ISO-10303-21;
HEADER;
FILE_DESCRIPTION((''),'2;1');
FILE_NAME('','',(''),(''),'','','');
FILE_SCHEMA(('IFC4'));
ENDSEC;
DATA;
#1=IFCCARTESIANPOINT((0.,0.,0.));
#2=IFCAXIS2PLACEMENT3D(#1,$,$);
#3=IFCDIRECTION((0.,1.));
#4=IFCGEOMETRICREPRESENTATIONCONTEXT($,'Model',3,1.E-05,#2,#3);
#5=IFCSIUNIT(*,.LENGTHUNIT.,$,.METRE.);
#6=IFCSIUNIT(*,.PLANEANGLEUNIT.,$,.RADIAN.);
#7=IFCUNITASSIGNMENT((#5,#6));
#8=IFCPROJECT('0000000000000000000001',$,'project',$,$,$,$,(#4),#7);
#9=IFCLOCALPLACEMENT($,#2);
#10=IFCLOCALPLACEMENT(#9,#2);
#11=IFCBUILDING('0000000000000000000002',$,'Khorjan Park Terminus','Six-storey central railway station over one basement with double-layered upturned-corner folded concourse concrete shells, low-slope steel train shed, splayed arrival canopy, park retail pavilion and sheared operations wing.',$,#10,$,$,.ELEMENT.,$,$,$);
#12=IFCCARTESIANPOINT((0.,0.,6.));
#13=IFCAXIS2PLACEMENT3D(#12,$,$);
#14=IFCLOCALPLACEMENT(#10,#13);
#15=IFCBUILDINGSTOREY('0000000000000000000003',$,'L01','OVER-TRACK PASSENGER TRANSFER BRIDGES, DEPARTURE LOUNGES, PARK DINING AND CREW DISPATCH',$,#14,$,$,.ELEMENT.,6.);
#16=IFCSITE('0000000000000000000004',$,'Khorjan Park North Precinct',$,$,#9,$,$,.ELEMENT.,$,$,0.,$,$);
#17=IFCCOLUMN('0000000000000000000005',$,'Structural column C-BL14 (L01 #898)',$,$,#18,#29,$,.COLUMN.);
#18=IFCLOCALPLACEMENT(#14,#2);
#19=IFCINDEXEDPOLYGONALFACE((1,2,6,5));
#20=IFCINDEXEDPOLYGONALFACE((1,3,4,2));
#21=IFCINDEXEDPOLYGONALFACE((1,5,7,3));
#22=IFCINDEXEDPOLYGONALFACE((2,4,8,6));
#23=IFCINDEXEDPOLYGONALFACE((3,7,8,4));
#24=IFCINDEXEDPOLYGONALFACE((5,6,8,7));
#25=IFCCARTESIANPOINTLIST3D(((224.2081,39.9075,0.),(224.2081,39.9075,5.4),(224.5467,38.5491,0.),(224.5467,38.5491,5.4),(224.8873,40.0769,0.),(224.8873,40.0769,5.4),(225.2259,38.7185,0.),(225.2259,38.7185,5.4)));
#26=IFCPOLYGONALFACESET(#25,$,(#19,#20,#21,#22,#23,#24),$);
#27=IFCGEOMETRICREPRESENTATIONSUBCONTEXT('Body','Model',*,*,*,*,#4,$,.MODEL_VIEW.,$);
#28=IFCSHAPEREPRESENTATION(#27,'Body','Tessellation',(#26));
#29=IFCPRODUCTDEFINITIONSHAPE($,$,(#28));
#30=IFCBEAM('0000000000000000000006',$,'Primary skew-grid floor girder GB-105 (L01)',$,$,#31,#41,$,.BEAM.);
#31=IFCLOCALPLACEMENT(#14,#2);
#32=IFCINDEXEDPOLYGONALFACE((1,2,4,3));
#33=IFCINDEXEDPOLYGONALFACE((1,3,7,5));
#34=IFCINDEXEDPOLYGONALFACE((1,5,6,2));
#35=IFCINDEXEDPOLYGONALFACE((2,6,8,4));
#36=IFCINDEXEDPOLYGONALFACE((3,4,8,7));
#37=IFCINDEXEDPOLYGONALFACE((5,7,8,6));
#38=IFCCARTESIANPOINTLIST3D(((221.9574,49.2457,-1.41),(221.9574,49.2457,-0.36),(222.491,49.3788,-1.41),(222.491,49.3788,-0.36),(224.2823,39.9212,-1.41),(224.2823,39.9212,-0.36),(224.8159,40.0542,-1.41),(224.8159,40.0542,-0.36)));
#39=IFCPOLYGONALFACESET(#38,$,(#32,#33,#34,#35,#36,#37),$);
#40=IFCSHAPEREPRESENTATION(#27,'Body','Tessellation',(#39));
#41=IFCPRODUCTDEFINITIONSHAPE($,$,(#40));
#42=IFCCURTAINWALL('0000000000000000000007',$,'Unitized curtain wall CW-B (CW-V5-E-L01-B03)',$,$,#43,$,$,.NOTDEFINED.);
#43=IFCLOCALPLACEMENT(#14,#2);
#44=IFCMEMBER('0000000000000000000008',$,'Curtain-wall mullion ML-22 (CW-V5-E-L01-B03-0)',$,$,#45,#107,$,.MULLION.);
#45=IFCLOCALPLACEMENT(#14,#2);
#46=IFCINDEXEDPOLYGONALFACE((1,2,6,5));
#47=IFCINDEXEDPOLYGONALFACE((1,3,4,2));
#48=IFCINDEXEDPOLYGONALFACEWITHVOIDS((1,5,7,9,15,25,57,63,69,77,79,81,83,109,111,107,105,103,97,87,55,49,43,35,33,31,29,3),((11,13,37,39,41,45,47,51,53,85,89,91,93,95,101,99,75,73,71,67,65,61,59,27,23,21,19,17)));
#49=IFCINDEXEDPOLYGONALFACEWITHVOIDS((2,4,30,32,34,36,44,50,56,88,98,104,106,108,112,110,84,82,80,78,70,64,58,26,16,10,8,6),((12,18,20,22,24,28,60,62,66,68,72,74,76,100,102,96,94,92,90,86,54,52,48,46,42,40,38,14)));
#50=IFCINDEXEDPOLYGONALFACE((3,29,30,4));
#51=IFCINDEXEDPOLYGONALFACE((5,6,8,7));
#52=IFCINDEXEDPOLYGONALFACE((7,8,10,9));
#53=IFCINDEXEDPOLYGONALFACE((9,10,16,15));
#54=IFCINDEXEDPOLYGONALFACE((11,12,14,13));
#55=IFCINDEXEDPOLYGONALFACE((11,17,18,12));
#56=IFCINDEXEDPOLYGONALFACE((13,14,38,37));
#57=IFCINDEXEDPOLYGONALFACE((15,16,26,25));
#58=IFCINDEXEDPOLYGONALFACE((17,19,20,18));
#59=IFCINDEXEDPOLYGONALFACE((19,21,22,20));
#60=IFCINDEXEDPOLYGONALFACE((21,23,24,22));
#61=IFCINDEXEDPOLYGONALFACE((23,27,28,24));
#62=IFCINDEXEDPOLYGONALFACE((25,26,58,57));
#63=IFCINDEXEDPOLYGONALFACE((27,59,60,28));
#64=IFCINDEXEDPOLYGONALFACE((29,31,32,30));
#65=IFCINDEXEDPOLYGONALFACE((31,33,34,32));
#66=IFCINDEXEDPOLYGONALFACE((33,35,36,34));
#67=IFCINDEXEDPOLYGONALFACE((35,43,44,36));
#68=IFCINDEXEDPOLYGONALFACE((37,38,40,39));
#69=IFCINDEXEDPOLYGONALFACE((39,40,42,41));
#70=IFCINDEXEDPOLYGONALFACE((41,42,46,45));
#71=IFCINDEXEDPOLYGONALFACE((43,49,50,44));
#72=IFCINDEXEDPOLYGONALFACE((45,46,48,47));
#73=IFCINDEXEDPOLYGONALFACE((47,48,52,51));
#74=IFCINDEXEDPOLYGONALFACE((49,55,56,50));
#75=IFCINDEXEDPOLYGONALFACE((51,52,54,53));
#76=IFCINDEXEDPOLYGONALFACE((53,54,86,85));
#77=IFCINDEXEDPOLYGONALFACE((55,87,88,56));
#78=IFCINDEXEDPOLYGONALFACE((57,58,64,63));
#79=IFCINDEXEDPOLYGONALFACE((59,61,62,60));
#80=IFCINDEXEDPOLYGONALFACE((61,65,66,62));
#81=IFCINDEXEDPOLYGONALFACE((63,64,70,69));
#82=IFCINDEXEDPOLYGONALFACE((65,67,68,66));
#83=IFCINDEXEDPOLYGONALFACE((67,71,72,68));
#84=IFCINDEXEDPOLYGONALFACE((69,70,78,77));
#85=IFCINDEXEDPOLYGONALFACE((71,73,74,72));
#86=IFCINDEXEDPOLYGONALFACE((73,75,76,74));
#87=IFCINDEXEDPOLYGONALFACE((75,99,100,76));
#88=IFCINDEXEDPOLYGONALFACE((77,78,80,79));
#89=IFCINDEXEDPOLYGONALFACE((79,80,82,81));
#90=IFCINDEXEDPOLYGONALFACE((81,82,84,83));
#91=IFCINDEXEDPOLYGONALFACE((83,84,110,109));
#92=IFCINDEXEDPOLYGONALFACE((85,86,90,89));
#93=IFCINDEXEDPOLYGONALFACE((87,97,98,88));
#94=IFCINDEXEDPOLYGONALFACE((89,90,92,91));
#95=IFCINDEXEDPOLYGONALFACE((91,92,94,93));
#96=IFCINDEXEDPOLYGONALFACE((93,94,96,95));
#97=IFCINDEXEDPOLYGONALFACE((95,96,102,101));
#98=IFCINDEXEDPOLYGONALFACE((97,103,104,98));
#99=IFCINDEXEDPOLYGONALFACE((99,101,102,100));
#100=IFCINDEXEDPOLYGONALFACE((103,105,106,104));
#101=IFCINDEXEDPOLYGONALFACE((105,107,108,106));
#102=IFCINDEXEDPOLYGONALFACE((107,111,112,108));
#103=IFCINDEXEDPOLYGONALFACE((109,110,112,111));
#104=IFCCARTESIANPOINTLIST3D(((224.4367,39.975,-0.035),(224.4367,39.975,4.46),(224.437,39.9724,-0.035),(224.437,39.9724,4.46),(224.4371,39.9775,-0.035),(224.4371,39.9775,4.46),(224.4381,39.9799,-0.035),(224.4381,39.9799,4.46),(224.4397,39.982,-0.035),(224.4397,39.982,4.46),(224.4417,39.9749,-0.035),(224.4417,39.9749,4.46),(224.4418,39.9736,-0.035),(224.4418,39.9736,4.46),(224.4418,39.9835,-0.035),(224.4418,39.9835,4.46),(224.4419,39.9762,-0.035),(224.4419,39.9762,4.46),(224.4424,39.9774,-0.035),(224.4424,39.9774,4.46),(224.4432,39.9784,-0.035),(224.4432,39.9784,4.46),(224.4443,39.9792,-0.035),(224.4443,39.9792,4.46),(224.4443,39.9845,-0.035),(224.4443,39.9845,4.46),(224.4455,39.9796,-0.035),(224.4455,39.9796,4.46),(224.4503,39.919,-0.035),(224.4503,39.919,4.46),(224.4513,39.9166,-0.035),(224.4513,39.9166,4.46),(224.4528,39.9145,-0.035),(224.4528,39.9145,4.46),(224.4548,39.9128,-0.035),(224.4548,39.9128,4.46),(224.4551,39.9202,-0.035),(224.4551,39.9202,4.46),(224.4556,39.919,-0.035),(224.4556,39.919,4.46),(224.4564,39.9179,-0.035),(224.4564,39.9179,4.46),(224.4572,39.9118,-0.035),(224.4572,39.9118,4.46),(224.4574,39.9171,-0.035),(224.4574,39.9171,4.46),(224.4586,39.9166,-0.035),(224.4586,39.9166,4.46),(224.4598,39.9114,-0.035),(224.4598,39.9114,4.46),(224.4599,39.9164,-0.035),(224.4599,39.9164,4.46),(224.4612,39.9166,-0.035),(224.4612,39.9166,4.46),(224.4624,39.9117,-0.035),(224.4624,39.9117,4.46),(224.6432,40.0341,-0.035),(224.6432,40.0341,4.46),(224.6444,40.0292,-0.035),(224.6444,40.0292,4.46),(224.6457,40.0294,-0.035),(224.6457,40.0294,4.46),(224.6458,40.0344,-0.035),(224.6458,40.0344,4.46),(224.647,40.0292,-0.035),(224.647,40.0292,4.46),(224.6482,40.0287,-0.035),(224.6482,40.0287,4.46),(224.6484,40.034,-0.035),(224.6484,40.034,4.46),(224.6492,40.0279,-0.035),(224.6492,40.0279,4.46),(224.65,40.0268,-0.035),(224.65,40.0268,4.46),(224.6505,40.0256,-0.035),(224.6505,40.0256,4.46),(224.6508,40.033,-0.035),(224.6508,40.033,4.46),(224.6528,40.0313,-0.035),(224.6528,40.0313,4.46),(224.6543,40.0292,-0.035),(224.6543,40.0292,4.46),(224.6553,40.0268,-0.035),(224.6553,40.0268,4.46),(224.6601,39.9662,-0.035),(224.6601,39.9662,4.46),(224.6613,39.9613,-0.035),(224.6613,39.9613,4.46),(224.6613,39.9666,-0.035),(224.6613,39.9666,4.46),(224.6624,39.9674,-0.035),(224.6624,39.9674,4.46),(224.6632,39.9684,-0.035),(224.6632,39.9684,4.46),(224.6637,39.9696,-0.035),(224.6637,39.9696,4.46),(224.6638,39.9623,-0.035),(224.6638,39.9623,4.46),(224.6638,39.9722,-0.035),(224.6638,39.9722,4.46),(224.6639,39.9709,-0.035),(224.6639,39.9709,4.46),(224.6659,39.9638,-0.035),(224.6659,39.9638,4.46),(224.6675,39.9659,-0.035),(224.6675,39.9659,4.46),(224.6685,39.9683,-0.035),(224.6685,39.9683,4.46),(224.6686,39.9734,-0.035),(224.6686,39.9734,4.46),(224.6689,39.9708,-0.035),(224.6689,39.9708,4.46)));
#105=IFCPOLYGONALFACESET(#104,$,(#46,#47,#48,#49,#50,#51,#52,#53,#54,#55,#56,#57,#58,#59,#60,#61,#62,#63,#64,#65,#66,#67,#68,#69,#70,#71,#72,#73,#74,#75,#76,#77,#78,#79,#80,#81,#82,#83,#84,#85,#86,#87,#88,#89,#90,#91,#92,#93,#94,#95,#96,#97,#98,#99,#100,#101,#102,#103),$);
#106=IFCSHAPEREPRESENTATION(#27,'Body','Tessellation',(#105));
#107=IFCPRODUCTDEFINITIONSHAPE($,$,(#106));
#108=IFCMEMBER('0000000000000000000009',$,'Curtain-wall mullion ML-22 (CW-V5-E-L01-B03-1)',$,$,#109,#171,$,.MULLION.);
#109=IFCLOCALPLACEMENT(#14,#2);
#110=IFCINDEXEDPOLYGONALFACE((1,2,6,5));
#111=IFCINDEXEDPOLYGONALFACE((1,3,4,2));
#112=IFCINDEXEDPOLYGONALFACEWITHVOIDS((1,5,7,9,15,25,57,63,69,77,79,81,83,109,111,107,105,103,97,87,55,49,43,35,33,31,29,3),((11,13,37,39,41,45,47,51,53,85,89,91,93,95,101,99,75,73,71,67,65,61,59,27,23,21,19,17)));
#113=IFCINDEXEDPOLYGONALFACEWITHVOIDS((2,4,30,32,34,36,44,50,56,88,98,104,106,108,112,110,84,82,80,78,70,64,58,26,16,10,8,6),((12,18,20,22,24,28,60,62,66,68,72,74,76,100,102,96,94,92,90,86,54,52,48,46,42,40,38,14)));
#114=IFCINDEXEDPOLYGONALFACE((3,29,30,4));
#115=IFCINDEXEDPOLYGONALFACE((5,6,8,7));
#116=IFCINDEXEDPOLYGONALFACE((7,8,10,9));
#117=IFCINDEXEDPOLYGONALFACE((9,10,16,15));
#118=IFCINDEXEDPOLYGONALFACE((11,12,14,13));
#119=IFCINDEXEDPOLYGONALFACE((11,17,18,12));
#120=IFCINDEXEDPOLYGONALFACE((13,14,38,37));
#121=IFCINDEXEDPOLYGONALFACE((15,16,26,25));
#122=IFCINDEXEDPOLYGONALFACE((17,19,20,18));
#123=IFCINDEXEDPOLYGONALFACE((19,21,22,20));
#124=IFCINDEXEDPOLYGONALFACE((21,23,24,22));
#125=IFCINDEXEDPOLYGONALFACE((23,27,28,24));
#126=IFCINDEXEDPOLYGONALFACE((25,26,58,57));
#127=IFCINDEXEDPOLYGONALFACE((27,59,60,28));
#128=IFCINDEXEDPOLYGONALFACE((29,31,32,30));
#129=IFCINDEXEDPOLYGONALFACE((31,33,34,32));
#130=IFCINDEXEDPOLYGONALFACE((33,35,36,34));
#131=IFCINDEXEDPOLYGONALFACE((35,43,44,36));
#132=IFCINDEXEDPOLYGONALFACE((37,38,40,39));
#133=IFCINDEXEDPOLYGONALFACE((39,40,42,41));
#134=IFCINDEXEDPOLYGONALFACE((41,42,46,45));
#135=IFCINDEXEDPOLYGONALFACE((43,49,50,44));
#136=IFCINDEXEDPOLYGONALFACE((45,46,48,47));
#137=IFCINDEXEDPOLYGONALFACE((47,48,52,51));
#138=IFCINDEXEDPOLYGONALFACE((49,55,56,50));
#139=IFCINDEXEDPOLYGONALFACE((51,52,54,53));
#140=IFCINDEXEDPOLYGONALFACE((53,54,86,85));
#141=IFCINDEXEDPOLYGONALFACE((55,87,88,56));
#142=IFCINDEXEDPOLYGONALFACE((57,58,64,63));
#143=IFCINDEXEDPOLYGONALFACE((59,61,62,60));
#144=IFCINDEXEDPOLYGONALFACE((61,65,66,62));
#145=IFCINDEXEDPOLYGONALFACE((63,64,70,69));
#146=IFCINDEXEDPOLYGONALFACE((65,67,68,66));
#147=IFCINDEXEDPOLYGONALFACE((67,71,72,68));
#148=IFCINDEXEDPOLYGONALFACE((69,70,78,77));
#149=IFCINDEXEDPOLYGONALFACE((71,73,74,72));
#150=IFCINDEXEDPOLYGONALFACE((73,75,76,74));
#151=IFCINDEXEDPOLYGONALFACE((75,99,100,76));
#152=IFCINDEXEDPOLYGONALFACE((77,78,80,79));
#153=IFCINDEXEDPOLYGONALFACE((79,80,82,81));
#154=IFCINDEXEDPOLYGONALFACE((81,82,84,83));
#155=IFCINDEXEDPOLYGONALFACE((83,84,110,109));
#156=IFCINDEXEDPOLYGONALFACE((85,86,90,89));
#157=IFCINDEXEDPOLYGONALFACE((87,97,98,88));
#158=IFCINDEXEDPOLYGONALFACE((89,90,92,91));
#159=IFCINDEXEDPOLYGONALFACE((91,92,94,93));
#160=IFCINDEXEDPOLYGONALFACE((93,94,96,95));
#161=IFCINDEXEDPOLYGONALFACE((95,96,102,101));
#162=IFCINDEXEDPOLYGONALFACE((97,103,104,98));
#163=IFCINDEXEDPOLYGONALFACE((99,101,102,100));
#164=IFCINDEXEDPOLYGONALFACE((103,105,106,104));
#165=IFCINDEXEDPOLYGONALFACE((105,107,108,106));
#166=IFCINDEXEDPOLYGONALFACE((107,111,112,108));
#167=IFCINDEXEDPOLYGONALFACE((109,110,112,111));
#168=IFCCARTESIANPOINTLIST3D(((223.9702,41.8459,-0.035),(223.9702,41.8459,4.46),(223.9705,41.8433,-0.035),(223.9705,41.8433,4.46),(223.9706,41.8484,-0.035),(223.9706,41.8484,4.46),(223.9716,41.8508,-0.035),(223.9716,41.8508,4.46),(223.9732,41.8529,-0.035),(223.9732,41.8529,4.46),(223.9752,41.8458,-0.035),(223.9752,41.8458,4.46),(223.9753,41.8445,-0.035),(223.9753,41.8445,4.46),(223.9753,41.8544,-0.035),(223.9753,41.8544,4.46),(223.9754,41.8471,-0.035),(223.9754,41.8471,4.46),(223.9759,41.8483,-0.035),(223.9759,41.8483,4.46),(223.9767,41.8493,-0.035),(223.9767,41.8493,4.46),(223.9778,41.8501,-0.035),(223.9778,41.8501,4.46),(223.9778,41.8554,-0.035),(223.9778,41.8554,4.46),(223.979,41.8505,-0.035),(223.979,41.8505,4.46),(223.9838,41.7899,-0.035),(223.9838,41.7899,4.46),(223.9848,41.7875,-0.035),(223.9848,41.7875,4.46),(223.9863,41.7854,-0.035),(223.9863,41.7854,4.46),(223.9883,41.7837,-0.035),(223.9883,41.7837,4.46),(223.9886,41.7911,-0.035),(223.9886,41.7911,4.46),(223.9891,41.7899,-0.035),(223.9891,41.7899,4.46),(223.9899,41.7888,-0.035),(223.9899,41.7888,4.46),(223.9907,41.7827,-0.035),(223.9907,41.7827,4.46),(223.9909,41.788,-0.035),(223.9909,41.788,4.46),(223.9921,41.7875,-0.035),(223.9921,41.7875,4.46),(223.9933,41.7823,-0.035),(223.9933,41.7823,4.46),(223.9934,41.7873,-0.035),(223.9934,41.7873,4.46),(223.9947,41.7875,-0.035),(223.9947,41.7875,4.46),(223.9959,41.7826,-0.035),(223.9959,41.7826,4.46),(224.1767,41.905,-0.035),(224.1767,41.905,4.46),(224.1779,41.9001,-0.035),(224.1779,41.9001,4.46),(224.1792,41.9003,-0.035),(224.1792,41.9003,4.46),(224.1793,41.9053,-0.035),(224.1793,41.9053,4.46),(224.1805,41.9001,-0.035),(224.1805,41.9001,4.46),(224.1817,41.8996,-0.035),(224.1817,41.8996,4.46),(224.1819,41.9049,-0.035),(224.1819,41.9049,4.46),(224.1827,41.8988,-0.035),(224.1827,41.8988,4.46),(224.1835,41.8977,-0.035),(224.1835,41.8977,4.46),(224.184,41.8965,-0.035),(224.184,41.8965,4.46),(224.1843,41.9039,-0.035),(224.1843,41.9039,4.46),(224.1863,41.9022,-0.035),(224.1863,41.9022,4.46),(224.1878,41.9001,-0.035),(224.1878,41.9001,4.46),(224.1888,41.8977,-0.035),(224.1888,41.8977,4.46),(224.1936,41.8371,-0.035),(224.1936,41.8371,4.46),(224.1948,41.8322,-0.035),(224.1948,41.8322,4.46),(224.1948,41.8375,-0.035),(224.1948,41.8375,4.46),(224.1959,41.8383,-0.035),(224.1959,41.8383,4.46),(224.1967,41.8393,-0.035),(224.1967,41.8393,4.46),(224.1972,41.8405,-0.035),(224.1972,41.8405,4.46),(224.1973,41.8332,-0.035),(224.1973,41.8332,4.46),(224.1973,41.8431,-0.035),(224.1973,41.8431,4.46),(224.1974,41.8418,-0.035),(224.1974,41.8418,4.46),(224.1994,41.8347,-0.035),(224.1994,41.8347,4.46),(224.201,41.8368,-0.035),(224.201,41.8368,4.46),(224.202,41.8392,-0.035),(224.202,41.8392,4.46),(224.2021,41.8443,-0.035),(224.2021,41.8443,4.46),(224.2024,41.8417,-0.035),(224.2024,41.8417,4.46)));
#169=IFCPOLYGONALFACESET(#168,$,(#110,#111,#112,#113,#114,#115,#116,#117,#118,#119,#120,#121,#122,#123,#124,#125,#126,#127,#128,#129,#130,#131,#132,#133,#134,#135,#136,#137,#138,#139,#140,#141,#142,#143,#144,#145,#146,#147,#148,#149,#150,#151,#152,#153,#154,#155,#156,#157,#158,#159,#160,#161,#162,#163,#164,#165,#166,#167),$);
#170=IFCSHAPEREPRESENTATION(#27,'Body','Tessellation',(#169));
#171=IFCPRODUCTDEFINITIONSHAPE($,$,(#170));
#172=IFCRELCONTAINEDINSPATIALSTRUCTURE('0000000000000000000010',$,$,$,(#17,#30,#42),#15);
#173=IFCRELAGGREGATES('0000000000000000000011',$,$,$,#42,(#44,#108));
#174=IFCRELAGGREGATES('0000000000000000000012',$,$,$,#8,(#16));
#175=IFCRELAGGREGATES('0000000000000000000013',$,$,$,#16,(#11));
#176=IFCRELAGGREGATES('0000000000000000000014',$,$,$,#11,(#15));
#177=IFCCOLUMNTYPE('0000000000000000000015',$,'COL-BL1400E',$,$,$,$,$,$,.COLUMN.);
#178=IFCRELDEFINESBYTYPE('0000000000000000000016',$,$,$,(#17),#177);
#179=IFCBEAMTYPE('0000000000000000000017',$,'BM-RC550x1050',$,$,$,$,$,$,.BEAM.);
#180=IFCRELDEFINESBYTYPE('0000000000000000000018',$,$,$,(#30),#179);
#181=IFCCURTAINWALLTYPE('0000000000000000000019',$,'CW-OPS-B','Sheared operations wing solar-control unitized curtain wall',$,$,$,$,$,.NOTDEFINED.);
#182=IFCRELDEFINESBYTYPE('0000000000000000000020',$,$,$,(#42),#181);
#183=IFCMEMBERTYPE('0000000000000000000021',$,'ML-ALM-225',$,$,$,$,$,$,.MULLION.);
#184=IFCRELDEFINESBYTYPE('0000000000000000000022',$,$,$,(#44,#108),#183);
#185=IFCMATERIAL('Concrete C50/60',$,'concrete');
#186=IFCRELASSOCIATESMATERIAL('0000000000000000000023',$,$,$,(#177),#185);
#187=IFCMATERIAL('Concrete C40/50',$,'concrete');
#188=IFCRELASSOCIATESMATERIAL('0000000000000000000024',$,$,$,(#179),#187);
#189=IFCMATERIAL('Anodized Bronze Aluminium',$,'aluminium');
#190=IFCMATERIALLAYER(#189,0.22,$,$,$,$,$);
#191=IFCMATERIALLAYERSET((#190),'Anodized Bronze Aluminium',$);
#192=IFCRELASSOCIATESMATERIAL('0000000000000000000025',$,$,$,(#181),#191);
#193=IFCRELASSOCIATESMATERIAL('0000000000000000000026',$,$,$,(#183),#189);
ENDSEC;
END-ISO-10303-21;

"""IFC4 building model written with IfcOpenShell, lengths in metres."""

from ifc_helpers import new_model, si_unit, direction, frame, origin, origin_2d, place, context, subcontext, project, spatial, rectangle, hollow_rectangle, extrude, material, layer, layer_set, material_profile, profile_set, type_object, element, aggregate, save


model = new_model("IFC4")

# Units and contexts
model_context = context("Model", 3, precision=1e-05, world=origin(), true_north=direction((0.0, 1.0)))
body_context = subcontext(model_context, "Body", "Model", "MODEL_VIEW")
ifc_project = project(units=[si_unit("LENGTHUNIT", "METRE"), si_unit("PLANEANGLEUNIT", "RADIAN")], contexts=[model_context])

# Site, building, storey
site_placement = place(None, origin())
site = spatial("IfcSite", under=ifc_project, at=site_placement, Name="Khorjan Park North Precinct", CompositionType="ELEMENT", RefElevation=0.0)
building_placement = place(site_placement, origin())
building = spatial("IfcBuilding", under=site, at=building_placement, Name="Khorjan Park Terminus", Description="Six-storey central railway station over one basement with double-layered upturned-corner folded concourse concrete shells, low-slope steel train shed, splayed arrival canopy, park retail pavilion and sheared operations wing.", CompositionType="ELEMENT")
storey_placement = place(building_placement, frame((0.0, 0.0, 6.0)))
storey = spatial("IfcBuildingStorey", under=building, at=storey_placement, Name="L01", Description="OVER-TRACK PASSENGER TRANSFER BRIDGES, DEPARTURE LOUNGES, PARK DINING AND CREW DISPATCH", CompositionType="ELEMENT", Elevation=6.0)

# Column
ifc_material_1 = material(Name="Concrete C50/60", Category="concrete")
ifc_material_profile_1 = material_profile(ifc_material_1, rectangle(XDim=0.7, YDim=1.4, at=origin_2d()), Name="RC 700x1400")
ifc_profile_set_1 = profile_set([ifc_material_profile_1], Name="Concrete C50/60")
column_type = type_object("IfcColumnType", Name="COL-BL1400E", PredefinedType="COLUMN", material=ifc_profile_set_1)
column_placement = place(storey_placement, frame((224.717, 39.313, 0.0), z_axis=(0.0, 0.0, 1.0), x_axis=(0.970296, 0.241922, 0.0)))
element("IfcColumn", 1, at=column_placement, inside=storey, type_object=column_type, Name="Structural column C-BL14 (L01 #898)", PredefinedType="COLUMN", context=body_context, shape_type="SweptSolid", body=[
    extrude(rectangle(XDim=0.7, YDim=1.4, at=origin_2d()), origin(), (0.0, 0.0, 1.0), 5.4),
])

# Beam
ifc_material_2 = material(Name="Concrete C40/50", Category="concrete")
ifc_material_profile_2 = material_profile(ifc_material_2, rectangle(XDim=0.55, YDim=1.05, at=origin_2d()), Name="RC 550x1050")
ifc_profile_set_2 = profile_set([ifc_material_profile_2], Name="Concrete C40/50")
beam_type = type_object("IfcBeamType", Name="BM-RC550x1050", PredefinedType="BEAM", material=ifc_profile_set_2)
beam_placement = place(storey_placement, frame((224.5491, 39.9877, -0.885), z_axis=(-0.241926, 0.970295, 0.0), x_axis=(-0.970295, -0.241926, 0.0)))
element("IfcBeam", 2, at=beam_placement, inside=storey, type_object=beam_type, Name="Primary skew-grid floor girder GB-105 (L01)", PredefinedType="BEAM", context=body_context, shape_type="SweptSolid", body=[
    extrude(rectangle(XDim=0.55, YDim=1.05, at=origin_2d()), origin(), (0.0, 0.0, 1.0), 9.61),
])

# Curtain wall, members
ifc_material_3 = material(Name="Anodized Bronze Aluminium", Category="aluminium")
ifc_layer_1 = layer(ifc_material_3, 0.22)
ifc_layer_set_1 = layer_set([ifc_layer_1], Name="Anodized Bronze Aluminium")
curtain_wall_type = type_object("IfcCurtainWallType", Name="CW-OPS-B", Description="Sheared operations wing solar-control unitized curtain wall", PredefinedType="NOTDEFINED", material=ifc_layer_set_1)
curtain_wall_placement = place(storey_placement, origin())
curtain_wall = element("IfcCurtainWall", 3, at=curtain_wall_placement, inside=storey, type_object=curtain_wall_type, Name="Unitized curtain wall CW-B (CW-V5-E-L01-B03)", PredefinedType="NOTDEFINED")
ifc_material_profile_3 = material_profile(ifc_material_3, hollow_rectangle(XDim=0.075, YDim=0.225, WallThickness=0.005, InnerFilletRadius=0.005, OuterFilletRadius=0.01, at=origin_2d()), Name="ALM 75x225x5")
ifc_profile_set_3 = profile_set([ifc_material_profile_3], Name="Anodized Bronze Aluminium")
member_type_1 = type_object("IfcMemberType", Name="ML-ALM-225", PredefinedType="MULLION", material=ifc_profile_set_3)
member_1_placement = place(storey_placement, frame((224.5528, 39.9729, -0.035), z_axis=(0.0, 0.0, 1.0), x_axis=(-0.241923, 0.970295, 0.0)))
member_1 = element("IfcMember", 4, at=member_1_placement, type_object=member_type_1, Name="Curtain-wall mullion ML-22 (CW-V5-E-L01-B03-0)", PredefinedType="MULLION", context=body_context, shape_type="SweptSolid", body=[
    extrude(hollow_rectangle(XDim=0.075, YDim=0.225, WallThickness=0.005, InnerFilletRadius=0.005, OuterFilletRadius=0.01, at=origin_2d()), origin(), (0.0, 0.0, 1.0), 4.495),
])
member_2_placement = place(storey_placement, frame((224.0863, 41.8438, -0.035), z_axis=(0.0, 0.0, 1.0), x_axis=(-0.241923, 0.970295, 0.0)))
member_2 = element("IfcMember", 5, at=member_2_placement, type_object=member_type_1, Name="Curtain-wall mullion ML-22 (CW-V5-E-L01-B03-1)", PredefinedType="MULLION", context=body_context, shape_type="SweptSolid", body=[
    extrude(hollow_rectangle(XDim=0.075, YDim=0.225, WallThickness=0.005, InnerFilletRadius=0.005, OuterFilletRadius=0.01, at=origin_2d()), origin(), (0.0, 0.0, 1.0), 4.495),
])
aggregate(curtain_wall, [member_1, member_2])

save(model, "model.ifc")
